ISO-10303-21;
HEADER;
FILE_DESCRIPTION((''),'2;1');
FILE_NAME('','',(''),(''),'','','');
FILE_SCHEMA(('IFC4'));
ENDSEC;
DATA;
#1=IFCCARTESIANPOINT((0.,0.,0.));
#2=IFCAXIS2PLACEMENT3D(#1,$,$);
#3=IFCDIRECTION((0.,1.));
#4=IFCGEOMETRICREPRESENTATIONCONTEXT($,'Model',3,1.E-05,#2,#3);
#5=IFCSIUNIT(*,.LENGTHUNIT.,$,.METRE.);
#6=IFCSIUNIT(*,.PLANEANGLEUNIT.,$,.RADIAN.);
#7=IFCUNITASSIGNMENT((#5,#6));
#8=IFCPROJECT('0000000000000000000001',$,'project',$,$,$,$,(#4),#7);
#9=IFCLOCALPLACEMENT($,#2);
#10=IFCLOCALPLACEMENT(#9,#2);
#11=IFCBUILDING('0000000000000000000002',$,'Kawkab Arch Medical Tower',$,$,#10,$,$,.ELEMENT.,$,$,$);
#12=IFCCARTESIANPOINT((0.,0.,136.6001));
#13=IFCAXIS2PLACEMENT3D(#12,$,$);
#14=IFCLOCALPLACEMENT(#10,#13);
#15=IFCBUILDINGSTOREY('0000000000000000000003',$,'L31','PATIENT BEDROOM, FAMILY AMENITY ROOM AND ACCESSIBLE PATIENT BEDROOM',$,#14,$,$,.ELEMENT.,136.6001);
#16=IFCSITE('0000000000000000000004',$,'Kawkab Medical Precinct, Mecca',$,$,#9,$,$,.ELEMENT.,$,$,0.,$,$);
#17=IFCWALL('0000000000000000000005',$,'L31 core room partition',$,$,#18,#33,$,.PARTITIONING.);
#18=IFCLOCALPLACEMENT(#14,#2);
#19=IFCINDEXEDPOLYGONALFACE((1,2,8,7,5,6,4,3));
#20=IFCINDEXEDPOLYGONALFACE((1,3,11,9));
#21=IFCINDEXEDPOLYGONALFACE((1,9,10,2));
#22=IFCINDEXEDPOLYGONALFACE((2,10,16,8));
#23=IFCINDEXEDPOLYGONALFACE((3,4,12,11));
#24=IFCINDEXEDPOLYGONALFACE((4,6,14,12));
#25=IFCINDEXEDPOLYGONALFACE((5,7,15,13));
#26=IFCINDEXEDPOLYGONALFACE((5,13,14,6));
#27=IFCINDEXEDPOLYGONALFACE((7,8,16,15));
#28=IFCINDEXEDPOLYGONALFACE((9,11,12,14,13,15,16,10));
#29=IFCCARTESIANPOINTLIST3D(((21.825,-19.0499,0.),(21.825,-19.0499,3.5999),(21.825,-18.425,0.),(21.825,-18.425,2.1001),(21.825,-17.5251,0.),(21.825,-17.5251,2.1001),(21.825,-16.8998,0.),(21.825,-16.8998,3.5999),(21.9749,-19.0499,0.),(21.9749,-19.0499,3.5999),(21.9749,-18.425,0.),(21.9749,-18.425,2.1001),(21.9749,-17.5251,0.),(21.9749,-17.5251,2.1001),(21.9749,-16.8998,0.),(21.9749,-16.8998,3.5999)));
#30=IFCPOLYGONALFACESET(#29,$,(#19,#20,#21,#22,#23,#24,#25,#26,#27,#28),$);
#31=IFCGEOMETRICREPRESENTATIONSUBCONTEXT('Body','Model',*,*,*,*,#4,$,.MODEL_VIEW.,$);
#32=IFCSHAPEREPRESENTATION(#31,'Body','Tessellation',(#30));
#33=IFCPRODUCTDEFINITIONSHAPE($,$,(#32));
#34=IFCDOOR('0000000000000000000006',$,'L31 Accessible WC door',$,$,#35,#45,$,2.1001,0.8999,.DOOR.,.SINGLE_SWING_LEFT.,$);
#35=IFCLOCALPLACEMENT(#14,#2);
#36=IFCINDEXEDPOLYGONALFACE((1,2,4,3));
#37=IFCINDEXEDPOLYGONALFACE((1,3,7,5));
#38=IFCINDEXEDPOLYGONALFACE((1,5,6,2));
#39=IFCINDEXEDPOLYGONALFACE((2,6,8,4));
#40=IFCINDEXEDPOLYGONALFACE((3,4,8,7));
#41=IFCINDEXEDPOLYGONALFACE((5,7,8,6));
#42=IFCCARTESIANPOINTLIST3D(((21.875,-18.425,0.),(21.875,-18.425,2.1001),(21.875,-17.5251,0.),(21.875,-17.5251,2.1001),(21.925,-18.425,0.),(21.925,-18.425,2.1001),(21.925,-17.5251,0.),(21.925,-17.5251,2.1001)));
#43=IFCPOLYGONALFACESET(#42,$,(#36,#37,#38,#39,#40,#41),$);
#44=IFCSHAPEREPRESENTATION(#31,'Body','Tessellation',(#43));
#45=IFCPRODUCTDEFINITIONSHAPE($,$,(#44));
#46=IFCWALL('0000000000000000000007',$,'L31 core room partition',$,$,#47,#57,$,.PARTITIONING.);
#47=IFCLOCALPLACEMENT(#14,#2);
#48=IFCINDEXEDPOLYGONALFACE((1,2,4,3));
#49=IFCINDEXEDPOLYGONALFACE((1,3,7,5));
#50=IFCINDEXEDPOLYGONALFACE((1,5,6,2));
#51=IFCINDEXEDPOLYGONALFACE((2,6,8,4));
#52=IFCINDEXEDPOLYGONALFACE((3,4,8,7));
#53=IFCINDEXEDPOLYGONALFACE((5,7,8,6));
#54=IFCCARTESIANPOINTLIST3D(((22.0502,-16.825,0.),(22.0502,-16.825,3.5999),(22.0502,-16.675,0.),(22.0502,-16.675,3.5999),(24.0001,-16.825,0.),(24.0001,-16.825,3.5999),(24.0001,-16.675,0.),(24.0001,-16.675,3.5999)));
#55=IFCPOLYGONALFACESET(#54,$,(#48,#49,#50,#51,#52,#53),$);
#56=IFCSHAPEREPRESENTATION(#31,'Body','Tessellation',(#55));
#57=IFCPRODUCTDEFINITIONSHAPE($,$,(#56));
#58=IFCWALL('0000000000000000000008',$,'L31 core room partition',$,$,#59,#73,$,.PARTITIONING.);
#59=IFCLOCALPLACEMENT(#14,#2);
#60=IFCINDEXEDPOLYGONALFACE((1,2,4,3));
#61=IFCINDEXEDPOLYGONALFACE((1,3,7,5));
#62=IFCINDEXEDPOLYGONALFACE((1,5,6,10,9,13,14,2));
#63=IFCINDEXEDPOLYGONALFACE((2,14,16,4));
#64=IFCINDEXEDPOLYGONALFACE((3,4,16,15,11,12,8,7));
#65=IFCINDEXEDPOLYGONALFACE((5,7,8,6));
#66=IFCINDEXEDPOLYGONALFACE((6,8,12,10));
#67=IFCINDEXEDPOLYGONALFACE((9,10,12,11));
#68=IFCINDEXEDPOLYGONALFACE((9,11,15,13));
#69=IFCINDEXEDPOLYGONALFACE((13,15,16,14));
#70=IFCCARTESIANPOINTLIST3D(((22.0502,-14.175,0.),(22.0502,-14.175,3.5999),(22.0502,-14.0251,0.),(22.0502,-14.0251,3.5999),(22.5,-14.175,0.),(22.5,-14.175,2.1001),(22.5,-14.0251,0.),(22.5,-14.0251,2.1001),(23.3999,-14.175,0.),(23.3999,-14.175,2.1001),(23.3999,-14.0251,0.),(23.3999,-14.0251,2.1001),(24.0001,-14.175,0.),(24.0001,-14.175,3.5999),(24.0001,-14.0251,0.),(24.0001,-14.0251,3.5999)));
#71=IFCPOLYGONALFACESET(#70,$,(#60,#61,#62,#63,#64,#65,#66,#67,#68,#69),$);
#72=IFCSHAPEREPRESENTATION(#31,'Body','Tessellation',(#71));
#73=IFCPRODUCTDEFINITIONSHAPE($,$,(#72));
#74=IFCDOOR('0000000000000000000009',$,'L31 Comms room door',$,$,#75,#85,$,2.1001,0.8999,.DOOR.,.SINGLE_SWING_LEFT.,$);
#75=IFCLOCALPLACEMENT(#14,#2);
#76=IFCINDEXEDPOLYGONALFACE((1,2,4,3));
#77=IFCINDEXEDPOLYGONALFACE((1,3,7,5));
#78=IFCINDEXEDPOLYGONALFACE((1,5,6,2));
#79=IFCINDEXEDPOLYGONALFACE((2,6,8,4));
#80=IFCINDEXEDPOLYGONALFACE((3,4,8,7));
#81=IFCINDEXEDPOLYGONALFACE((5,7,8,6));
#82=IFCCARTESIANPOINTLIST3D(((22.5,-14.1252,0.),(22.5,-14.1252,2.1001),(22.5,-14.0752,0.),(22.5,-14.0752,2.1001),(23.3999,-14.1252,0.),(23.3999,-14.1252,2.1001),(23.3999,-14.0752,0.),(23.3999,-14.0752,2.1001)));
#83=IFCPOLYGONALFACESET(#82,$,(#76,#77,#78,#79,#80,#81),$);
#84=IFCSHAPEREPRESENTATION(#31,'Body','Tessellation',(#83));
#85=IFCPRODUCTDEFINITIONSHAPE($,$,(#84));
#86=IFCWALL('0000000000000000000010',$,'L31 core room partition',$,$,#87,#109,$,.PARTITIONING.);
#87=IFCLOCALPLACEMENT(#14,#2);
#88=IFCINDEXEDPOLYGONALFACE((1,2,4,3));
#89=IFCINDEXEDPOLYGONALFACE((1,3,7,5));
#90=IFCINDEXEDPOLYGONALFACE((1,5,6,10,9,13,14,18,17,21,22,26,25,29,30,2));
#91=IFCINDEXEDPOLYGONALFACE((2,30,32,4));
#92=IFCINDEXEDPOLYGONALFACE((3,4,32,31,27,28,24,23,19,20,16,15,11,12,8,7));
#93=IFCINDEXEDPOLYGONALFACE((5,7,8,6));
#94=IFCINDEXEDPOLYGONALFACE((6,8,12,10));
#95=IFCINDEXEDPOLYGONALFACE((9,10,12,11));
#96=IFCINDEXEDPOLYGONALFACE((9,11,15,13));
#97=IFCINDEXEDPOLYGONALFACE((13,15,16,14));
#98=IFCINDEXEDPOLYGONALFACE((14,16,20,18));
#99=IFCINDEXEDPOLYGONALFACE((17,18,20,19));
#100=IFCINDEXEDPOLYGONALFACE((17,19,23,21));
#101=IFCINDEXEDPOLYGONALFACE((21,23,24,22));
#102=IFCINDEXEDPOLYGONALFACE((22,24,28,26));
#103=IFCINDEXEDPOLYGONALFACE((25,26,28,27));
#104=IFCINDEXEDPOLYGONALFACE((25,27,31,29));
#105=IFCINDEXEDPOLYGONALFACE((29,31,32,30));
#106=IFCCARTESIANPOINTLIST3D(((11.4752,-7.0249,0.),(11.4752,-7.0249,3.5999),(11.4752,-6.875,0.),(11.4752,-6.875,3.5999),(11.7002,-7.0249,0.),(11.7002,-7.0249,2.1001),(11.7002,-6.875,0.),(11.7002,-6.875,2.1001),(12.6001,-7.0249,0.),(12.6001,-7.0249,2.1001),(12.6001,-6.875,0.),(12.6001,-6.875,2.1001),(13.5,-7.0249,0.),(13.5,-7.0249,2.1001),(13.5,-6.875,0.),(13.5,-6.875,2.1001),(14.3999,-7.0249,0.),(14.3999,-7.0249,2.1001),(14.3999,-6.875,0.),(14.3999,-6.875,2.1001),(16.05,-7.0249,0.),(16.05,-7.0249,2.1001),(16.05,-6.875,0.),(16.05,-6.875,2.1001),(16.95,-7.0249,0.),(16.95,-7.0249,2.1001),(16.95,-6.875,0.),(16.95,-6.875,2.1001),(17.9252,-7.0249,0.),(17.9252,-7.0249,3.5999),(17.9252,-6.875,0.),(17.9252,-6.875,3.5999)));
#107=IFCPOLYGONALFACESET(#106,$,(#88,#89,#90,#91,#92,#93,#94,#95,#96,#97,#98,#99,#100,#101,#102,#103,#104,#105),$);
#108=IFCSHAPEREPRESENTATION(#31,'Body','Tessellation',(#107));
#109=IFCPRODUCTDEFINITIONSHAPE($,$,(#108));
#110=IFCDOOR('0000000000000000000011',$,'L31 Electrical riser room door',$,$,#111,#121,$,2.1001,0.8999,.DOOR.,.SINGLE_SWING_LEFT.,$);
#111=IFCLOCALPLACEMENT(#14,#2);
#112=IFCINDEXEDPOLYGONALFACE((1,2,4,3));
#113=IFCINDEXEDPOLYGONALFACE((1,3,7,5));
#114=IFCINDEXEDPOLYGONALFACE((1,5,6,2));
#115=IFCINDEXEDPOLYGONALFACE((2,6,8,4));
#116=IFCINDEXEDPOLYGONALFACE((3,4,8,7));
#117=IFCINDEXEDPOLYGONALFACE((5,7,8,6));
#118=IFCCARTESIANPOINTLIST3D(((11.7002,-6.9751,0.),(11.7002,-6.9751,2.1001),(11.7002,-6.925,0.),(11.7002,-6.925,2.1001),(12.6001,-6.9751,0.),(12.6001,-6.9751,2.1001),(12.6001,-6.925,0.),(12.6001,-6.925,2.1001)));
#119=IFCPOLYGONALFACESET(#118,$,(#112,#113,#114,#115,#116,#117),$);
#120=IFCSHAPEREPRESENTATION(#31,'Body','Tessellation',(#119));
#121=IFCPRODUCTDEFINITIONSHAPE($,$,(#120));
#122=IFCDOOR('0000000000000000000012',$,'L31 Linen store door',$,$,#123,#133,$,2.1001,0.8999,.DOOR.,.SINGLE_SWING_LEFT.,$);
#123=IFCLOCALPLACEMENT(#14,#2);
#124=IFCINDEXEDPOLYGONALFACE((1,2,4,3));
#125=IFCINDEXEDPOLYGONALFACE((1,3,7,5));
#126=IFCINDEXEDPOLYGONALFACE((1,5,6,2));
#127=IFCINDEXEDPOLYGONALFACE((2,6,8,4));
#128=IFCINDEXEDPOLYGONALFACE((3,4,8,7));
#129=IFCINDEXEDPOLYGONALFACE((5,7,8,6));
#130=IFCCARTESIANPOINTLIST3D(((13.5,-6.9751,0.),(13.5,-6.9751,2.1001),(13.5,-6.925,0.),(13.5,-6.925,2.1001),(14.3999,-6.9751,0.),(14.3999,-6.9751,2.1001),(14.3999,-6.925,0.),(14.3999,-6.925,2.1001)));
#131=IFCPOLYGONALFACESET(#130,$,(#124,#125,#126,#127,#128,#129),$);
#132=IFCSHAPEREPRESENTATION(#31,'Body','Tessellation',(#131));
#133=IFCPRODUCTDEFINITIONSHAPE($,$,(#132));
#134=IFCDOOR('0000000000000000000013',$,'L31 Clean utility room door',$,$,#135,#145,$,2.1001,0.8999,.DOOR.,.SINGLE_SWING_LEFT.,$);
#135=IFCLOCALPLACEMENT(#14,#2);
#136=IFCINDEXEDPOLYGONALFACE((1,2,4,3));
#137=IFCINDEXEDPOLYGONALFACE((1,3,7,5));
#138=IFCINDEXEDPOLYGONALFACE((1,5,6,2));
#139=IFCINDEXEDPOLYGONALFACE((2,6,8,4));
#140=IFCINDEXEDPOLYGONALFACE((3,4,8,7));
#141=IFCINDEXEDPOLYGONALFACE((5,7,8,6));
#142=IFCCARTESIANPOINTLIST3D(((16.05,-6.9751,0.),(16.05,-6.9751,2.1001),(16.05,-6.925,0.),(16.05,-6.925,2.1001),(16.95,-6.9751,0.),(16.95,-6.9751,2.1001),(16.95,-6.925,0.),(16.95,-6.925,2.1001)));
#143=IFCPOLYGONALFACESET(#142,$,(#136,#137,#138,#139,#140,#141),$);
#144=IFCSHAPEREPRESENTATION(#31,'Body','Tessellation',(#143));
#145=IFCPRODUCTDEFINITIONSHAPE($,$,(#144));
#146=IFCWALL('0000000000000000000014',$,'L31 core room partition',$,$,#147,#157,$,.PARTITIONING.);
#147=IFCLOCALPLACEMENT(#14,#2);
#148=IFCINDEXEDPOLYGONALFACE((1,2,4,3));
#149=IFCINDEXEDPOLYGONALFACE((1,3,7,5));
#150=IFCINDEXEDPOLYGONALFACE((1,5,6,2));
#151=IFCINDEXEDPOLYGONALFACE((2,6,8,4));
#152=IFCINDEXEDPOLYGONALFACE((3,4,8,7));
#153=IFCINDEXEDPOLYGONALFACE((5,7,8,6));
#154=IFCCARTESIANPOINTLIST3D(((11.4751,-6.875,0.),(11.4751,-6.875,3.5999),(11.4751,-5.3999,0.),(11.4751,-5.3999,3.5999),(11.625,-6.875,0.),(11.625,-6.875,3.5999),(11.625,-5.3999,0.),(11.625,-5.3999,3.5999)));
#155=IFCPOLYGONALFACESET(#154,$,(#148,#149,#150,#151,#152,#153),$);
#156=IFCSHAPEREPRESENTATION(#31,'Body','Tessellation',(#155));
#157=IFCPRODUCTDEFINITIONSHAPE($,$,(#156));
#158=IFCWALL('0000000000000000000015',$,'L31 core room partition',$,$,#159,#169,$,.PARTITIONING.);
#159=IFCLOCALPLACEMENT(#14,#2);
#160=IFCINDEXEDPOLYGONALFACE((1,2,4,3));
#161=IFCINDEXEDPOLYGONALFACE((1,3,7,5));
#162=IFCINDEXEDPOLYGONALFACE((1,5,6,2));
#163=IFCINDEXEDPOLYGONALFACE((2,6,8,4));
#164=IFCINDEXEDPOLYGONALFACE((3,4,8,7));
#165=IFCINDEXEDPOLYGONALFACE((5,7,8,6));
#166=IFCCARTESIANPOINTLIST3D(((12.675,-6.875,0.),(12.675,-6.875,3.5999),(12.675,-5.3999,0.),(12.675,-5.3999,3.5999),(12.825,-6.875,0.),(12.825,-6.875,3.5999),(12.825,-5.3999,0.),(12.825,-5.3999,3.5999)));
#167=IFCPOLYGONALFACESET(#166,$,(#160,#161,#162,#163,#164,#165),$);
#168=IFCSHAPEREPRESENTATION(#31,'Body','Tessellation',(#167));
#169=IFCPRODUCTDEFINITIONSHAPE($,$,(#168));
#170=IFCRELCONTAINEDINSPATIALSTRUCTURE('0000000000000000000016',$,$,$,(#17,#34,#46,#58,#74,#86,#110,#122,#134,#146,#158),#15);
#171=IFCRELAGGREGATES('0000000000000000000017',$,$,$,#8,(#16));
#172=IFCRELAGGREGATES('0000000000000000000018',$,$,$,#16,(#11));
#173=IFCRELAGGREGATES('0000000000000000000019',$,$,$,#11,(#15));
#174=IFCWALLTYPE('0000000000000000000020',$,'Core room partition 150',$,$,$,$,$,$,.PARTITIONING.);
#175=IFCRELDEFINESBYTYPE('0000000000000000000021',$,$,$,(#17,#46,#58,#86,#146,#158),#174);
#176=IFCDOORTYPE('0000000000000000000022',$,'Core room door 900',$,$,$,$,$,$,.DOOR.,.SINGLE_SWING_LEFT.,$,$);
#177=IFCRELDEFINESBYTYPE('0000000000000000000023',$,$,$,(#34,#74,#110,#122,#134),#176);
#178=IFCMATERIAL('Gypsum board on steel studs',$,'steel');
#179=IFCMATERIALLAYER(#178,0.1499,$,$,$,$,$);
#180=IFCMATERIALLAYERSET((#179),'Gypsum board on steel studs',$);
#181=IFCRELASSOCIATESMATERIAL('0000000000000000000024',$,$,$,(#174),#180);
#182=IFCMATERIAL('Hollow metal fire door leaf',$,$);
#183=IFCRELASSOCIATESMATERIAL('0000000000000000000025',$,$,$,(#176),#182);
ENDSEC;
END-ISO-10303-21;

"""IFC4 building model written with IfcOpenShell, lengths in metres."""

from ifc_helpers import new_model, si_unit, direction, frame, frame_2d, origin, place, context, subcontext, project, spatial, rectangle, extrude, material, layer, layer_set, type_object, element, fill, save


model = new_model("IFC4")

# Units and contexts
model_context = context("Model", 3, precision=1e-05, world=origin(), true_north=direction((0.0, 1.0)))
body_context = subcontext(model_context, "Body", "Model", "MODEL_VIEW")
ifc_project = project(units=[si_unit("LENGTHUNIT", "METRE"), si_unit("PLANEANGLEUNIT", "RADIAN")], contexts=[model_context])

# Site, building, storey
site_placement = place(None, origin())
site = spatial("IfcSite", under=ifc_project, at=site_placement, Name="Kawkab Medical Precinct, Mecca", CompositionType="ELEMENT", RefElevation=0.0)
building_placement = place(site_placement, origin())
building = spatial("IfcBuilding", under=site, at=building_placement, Name="Kawkab Arch Medical Tower", CompositionType="ELEMENT")
storey_placement = place(building_placement, frame((0.0, 0.0, 136.6001)))
storey = spatial("IfcBuildingStorey", under=building, at=storey_placement, Name="L31", Description="PATIENT BEDROOM, FAMILY AMENITY ROOM AND ACCESSIBLE PATIENT BEDROOM", CompositionType="ELEMENT", Elevation=136.6001)

# Wall, opening, door
ifc_material_1 = material(Name="Gypsum board on steel studs", Category="steel")
ifc_layer_1 = layer(ifc_material_1, 0.1499)
ifc_layer_set_1 = layer_set([ifc_layer_1], Name="Gypsum board on steel studs")
wall_type_1 = type_object("IfcWallType", Name="Core room partition 150", PredefinedType="PARTITIONING", material=ifc_layer_set_1)
wall_1_placement = place(storey_placement, frame((21.8999, -19.05, 0.0), z_axis=(0.0, 0.0, 1.0), x_axis=(0.0, 1.0, 0.0)))
wall_1 = element("IfcWall", 1, at=wall_1_placement, inside=storey, type_object=wall_type_1, Name="L31 core room partition", PredefinedType="PARTITIONING", context=body_context, shape_type="SweptSolid", body=[
    extrude(rectangle(XDim=2.1501, YDim=0.1499, at=frame_2d((1.0752, 0.0))), origin(), (0.0, 0.0, 1.0), 3.5999),
])
opening_1_placement = place(wall_1_placement, frame((0.625, 0.0, 0.0)))
opening_1 = element("IfcOpeningElement", 2, at=opening_1_placement, cuts=wall_1, PredefinedType="OPENING", context=body_context, shape_type="SweptSolid", body=[
    extrude(rectangle(XDim=0.8999, YDim=2.1001, at=frame_2d((0.45, 1.05))), frame((0.0, 0.085, 0.0), z_axis=(0.0, -1.0, 0.0), x_axis=(1.0, 0.0, 0.0)), (0.0, 0.0, 1.0), 0.1699),
])
ifc_material_2 = material(Name="Hollow metal fire door leaf")
door_type = type_object("IfcDoorType", Name="Core room door 900", OperationType="SINGLE_SWING_LEFT", PredefinedType="DOOR", material=ifc_material_2)
door_1_placement = place(opening_1_placement, origin())
door_1 = element("IfcDoor", 3, at=door_1_placement, inside=storey, type_object=door_type, Name="L31 Accessible WC door", OperationType="SINGLE_SWING_LEFT", OverallHeight=2.1001, OverallWidth=0.8999, PredefinedType="DOOR", context=body_context, shape_type="SweptSolid", body=[
    extrude(rectangle(XDim=0.8999, YDim=2.1001, at=frame_2d((0.45, 1.05))), frame((0.0, 0.0249, 0.0), z_axis=(0.0, -1.0, 0.0), x_axis=(1.0, 0.0, 0.0)), (0.0, 0.0, 1.0), 0.05),
])
fill(opening_1, door_1)

# Wall
wall_2_placement = place(storey_placement, frame((22.05, -16.75, 0.0), z_axis=(0.0, 0.0, 1.0), x_axis=(1.0, 0.0, 0.0)))
element("IfcWall", 4, at=wall_2_placement, inside=storey, type_object=wall_type_1, Name="L31 core room partition", PredefinedType="PARTITIONING", context=body_context, shape_type="SweptSolid", body=[
    extrude(rectangle(XDim=1.95, YDim=0.1499, at=frame_2d((0.9751, 0.0))), origin(), (0.0, 0.0, 1.0), 3.5999),
])

# Wall, opening, door
wall_3_placement = place(storey_placement, frame((22.05, -14.1001, 0.0), z_axis=(0.0, 0.0, 1.0), x_axis=(1.0, 0.0, 0.0)))
wall_3 = element("IfcWall", 5, at=wall_3_placement, inside=storey, type_object=wall_type_1, Name="L31 core room partition", PredefinedType="PARTITIONING", context=body_context, shape_type="SweptSolid", body=[
    extrude(rectangle(XDim=1.95, YDim=0.1499, at=frame_2d((0.9751, 0.0))), origin(), (0.0, 0.0, 1.0), 3.5999),
])
opening_2_placement = place(wall_3_placement, frame((0.45, 0.0, 0.0)))
opening_2 = element("IfcOpeningElement", 6, at=opening_2_placement, cuts=wall_3, PredefinedType="OPENING", context=body_context, shape_type="SweptSolid", body=[
    extrude(rectangle(XDim=0.8999, YDim=2.1001, at=frame_2d((0.45, 1.05))), frame((0.0, 0.085, 0.0), z_axis=(0.0, -1.0, 0.0), x_axis=(1.0, 0.0, 0.0)), (0.0, 0.0, 1.0), 0.1699),
])
door_2_placement = place(opening_2_placement, origin())
door_2 = element("IfcDoor", 7, at=door_2_placement, inside=storey, type_object=door_type, Name="L31 Comms room door", OperationType="SINGLE_SWING_LEFT", OverallHeight=2.1001, OverallWidth=0.8999, PredefinedType="DOOR", context=body_context, shape_type="SweptSolid", body=[
    extrude(rectangle(XDim=0.8999, YDim=2.1001, at=frame_2d((0.45, 1.05))), frame((0.0, 0.0249, 0.0), z_axis=(0.0, -1.0, 0.0), x_axis=(1.0, 0.0, 0.0)), (0.0, 0.0, 1.0), 0.05),
])
fill(opening_2, door_2)

# Wall, openings, doors
wall_4_placement = place(storey_placement, frame((11.4751, -6.95, 0.0), z_axis=(0.0, 0.0, 1.0), x_axis=(1.0, 0.0, 0.0)))
wall_4 = element("IfcWall", 8, at=wall_4_placement, inside=storey, type_object=wall_type_1, Name="L31 core room partition", PredefinedType="PARTITIONING", context=body_context, shape_type="SweptSolid", body=[
    extrude(rectangle(XDim=6.45, YDim=0.1499, at=frame_2d((3.2251, 0.0))), origin(), (0.0, 0.0, 1.0), 3.5999),
])
opening_3_placement = place(wall_4_placement, frame((0.2251, 0.0, 0.0)))
opening_3 = element("IfcOpeningElement", 9, at=opening_3_placement, cuts=wall_4, PredefinedType="OPENING", context=body_context, shape_type="SweptSolid", body=[
    extrude(rectangle(XDim=0.8999, YDim=2.1001, at=frame_2d((0.45, 1.05))), frame((0.0, 0.085, 0.0), z_axis=(0.0, -1.0, 0.0), x_axis=(1.0, 0.0, 0.0)), (0.0, 0.0, 1.0), 0.1699),
])
opening_4_placement = place(wall_4_placement, frame((2.0249, 0.0, 0.0)))
opening_4 = element("IfcOpeningElement", 10, at=opening_4_placement, cuts=wall_4, PredefinedType="OPENING", context=body_context, shape_type="SweptSolid", body=[
    extrude(rectangle(XDim=0.8999, YDim=2.1001, at=frame_2d((0.45, 1.05))), frame((0.0, 0.085, 0.0), z_axis=(0.0, -1.0, 0.0), x_axis=(1.0, 0.0, 0.0)), (0.0, 0.0, 1.0), 0.1699),
])
opening_5_placement = place(wall_4_placement, frame((4.575, 0.0, 0.0)))
opening_5 = element("IfcOpeningElement", 11, at=opening_5_placement, cuts=wall_4, PredefinedType="OPENING", context=body_context, shape_type="SweptSolid", body=[
    extrude(rectangle(XDim=0.8999, YDim=2.1001, at=frame_2d((0.45, 1.05))), frame((0.0, 0.085, 0.0), z_axis=(0.0, -1.0, 0.0), x_axis=(1.0, 0.0, 0.0)), (0.0, 0.0, 1.0), 0.1699),
])
door_3_placement = place(opening_3_placement, origin())
door_3 = element("IfcDoor", 12, at=door_3_placement, inside=storey, type_object=door_type, Name="L31 Electrical riser room door", OperationType="SINGLE_SWING_LEFT", OverallHeight=2.1001, OverallWidth=0.8999, PredefinedType="DOOR", context=body_context, shape_type="SweptSolid", body=[
    extrude(rectangle(XDim=0.8999, YDim=2.1001, at=frame_2d((0.45, 1.05))), frame((0.0, 0.0249, 0.0), z_axis=(0.0, -1.0, 0.0), x_axis=(1.0, 0.0, 0.0)), (0.0, 0.0, 1.0), 0.05),
])
fill(opening_3, door_3)
door_4_placement = place(opening_4_placement, origin())
door_4 = element("IfcDoor", 13, at=door_4_placement, inside=storey, type_object=door_type, Name="L31 Linen store door", OperationType="SINGLE_SWING_LEFT", OverallHeight=2.1001, OverallWidth=0.8999, PredefinedType="DOOR", context=body_context, shape_type="SweptSolid", body=[
    extrude(rectangle(XDim=0.8999, YDim=2.1001, at=frame_2d((0.45, 1.05))), frame((0.0, 0.0249, 0.0), z_axis=(0.0, -1.0, 0.0), x_axis=(1.0, 0.0, 0.0)), (0.0, 0.0, 1.0), 0.05),
])
fill(opening_4, door_4)
door_5_placement = place(opening_5_placement, origin())
door_5 = element("IfcDoor", 14, at=door_5_placement, inside=storey, type_object=door_type, Name="L31 Clean utility room door", OperationType="SINGLE_SWING_LEFT", OverallHeight=2.1001, OverallWidth=0.8999, PredefinedType="DOOR", context=body_context, shape_type="SweptSolid", body=[
    extrude(rectangle(XDim=0.8999, YDim=2.1001, at=frame_2d((0.45, 1.05))), frame((0.0, 0.0249, 0.0), z_axis=(0.0, -1.0, 0.0), x_axis=(1.0, 0.0, 0.0)), (0.0, 0.0, 1.0), 0.05),
])
fill(opening_5, door_5)

# Walls
for number, where, z_axis, x_axis, name in (
    (15, (11.55, -6.875, 0.0), (0.0, 0.0, 1.0), (0.0, 1.0, 0.0), "L31 core room partition"),
    (16, (12.75, -6.875, 0.0), (0.0, 0.0, 1.0), (0.0, 1.0, 0.0), "L31 core room partition"),
):
    element("IfcWall", number, at=place(storey_placement, frame(where, z_axis=z_axis, x_axis=x_axis)), inside=storey, type_object=wall_type_1, Name=name, PredefinedType="PARTITIONING", context=body_context, shape_type="SweptSolid", body=[
        extrude(rectangle(XDim=1.4751, YDim=0.1499, at=frame_2d((0.7375, 0.0))), origin(), (0.0, 0.0, 1.0), 3.5999),
    ])

save(model, "model.ifc")
